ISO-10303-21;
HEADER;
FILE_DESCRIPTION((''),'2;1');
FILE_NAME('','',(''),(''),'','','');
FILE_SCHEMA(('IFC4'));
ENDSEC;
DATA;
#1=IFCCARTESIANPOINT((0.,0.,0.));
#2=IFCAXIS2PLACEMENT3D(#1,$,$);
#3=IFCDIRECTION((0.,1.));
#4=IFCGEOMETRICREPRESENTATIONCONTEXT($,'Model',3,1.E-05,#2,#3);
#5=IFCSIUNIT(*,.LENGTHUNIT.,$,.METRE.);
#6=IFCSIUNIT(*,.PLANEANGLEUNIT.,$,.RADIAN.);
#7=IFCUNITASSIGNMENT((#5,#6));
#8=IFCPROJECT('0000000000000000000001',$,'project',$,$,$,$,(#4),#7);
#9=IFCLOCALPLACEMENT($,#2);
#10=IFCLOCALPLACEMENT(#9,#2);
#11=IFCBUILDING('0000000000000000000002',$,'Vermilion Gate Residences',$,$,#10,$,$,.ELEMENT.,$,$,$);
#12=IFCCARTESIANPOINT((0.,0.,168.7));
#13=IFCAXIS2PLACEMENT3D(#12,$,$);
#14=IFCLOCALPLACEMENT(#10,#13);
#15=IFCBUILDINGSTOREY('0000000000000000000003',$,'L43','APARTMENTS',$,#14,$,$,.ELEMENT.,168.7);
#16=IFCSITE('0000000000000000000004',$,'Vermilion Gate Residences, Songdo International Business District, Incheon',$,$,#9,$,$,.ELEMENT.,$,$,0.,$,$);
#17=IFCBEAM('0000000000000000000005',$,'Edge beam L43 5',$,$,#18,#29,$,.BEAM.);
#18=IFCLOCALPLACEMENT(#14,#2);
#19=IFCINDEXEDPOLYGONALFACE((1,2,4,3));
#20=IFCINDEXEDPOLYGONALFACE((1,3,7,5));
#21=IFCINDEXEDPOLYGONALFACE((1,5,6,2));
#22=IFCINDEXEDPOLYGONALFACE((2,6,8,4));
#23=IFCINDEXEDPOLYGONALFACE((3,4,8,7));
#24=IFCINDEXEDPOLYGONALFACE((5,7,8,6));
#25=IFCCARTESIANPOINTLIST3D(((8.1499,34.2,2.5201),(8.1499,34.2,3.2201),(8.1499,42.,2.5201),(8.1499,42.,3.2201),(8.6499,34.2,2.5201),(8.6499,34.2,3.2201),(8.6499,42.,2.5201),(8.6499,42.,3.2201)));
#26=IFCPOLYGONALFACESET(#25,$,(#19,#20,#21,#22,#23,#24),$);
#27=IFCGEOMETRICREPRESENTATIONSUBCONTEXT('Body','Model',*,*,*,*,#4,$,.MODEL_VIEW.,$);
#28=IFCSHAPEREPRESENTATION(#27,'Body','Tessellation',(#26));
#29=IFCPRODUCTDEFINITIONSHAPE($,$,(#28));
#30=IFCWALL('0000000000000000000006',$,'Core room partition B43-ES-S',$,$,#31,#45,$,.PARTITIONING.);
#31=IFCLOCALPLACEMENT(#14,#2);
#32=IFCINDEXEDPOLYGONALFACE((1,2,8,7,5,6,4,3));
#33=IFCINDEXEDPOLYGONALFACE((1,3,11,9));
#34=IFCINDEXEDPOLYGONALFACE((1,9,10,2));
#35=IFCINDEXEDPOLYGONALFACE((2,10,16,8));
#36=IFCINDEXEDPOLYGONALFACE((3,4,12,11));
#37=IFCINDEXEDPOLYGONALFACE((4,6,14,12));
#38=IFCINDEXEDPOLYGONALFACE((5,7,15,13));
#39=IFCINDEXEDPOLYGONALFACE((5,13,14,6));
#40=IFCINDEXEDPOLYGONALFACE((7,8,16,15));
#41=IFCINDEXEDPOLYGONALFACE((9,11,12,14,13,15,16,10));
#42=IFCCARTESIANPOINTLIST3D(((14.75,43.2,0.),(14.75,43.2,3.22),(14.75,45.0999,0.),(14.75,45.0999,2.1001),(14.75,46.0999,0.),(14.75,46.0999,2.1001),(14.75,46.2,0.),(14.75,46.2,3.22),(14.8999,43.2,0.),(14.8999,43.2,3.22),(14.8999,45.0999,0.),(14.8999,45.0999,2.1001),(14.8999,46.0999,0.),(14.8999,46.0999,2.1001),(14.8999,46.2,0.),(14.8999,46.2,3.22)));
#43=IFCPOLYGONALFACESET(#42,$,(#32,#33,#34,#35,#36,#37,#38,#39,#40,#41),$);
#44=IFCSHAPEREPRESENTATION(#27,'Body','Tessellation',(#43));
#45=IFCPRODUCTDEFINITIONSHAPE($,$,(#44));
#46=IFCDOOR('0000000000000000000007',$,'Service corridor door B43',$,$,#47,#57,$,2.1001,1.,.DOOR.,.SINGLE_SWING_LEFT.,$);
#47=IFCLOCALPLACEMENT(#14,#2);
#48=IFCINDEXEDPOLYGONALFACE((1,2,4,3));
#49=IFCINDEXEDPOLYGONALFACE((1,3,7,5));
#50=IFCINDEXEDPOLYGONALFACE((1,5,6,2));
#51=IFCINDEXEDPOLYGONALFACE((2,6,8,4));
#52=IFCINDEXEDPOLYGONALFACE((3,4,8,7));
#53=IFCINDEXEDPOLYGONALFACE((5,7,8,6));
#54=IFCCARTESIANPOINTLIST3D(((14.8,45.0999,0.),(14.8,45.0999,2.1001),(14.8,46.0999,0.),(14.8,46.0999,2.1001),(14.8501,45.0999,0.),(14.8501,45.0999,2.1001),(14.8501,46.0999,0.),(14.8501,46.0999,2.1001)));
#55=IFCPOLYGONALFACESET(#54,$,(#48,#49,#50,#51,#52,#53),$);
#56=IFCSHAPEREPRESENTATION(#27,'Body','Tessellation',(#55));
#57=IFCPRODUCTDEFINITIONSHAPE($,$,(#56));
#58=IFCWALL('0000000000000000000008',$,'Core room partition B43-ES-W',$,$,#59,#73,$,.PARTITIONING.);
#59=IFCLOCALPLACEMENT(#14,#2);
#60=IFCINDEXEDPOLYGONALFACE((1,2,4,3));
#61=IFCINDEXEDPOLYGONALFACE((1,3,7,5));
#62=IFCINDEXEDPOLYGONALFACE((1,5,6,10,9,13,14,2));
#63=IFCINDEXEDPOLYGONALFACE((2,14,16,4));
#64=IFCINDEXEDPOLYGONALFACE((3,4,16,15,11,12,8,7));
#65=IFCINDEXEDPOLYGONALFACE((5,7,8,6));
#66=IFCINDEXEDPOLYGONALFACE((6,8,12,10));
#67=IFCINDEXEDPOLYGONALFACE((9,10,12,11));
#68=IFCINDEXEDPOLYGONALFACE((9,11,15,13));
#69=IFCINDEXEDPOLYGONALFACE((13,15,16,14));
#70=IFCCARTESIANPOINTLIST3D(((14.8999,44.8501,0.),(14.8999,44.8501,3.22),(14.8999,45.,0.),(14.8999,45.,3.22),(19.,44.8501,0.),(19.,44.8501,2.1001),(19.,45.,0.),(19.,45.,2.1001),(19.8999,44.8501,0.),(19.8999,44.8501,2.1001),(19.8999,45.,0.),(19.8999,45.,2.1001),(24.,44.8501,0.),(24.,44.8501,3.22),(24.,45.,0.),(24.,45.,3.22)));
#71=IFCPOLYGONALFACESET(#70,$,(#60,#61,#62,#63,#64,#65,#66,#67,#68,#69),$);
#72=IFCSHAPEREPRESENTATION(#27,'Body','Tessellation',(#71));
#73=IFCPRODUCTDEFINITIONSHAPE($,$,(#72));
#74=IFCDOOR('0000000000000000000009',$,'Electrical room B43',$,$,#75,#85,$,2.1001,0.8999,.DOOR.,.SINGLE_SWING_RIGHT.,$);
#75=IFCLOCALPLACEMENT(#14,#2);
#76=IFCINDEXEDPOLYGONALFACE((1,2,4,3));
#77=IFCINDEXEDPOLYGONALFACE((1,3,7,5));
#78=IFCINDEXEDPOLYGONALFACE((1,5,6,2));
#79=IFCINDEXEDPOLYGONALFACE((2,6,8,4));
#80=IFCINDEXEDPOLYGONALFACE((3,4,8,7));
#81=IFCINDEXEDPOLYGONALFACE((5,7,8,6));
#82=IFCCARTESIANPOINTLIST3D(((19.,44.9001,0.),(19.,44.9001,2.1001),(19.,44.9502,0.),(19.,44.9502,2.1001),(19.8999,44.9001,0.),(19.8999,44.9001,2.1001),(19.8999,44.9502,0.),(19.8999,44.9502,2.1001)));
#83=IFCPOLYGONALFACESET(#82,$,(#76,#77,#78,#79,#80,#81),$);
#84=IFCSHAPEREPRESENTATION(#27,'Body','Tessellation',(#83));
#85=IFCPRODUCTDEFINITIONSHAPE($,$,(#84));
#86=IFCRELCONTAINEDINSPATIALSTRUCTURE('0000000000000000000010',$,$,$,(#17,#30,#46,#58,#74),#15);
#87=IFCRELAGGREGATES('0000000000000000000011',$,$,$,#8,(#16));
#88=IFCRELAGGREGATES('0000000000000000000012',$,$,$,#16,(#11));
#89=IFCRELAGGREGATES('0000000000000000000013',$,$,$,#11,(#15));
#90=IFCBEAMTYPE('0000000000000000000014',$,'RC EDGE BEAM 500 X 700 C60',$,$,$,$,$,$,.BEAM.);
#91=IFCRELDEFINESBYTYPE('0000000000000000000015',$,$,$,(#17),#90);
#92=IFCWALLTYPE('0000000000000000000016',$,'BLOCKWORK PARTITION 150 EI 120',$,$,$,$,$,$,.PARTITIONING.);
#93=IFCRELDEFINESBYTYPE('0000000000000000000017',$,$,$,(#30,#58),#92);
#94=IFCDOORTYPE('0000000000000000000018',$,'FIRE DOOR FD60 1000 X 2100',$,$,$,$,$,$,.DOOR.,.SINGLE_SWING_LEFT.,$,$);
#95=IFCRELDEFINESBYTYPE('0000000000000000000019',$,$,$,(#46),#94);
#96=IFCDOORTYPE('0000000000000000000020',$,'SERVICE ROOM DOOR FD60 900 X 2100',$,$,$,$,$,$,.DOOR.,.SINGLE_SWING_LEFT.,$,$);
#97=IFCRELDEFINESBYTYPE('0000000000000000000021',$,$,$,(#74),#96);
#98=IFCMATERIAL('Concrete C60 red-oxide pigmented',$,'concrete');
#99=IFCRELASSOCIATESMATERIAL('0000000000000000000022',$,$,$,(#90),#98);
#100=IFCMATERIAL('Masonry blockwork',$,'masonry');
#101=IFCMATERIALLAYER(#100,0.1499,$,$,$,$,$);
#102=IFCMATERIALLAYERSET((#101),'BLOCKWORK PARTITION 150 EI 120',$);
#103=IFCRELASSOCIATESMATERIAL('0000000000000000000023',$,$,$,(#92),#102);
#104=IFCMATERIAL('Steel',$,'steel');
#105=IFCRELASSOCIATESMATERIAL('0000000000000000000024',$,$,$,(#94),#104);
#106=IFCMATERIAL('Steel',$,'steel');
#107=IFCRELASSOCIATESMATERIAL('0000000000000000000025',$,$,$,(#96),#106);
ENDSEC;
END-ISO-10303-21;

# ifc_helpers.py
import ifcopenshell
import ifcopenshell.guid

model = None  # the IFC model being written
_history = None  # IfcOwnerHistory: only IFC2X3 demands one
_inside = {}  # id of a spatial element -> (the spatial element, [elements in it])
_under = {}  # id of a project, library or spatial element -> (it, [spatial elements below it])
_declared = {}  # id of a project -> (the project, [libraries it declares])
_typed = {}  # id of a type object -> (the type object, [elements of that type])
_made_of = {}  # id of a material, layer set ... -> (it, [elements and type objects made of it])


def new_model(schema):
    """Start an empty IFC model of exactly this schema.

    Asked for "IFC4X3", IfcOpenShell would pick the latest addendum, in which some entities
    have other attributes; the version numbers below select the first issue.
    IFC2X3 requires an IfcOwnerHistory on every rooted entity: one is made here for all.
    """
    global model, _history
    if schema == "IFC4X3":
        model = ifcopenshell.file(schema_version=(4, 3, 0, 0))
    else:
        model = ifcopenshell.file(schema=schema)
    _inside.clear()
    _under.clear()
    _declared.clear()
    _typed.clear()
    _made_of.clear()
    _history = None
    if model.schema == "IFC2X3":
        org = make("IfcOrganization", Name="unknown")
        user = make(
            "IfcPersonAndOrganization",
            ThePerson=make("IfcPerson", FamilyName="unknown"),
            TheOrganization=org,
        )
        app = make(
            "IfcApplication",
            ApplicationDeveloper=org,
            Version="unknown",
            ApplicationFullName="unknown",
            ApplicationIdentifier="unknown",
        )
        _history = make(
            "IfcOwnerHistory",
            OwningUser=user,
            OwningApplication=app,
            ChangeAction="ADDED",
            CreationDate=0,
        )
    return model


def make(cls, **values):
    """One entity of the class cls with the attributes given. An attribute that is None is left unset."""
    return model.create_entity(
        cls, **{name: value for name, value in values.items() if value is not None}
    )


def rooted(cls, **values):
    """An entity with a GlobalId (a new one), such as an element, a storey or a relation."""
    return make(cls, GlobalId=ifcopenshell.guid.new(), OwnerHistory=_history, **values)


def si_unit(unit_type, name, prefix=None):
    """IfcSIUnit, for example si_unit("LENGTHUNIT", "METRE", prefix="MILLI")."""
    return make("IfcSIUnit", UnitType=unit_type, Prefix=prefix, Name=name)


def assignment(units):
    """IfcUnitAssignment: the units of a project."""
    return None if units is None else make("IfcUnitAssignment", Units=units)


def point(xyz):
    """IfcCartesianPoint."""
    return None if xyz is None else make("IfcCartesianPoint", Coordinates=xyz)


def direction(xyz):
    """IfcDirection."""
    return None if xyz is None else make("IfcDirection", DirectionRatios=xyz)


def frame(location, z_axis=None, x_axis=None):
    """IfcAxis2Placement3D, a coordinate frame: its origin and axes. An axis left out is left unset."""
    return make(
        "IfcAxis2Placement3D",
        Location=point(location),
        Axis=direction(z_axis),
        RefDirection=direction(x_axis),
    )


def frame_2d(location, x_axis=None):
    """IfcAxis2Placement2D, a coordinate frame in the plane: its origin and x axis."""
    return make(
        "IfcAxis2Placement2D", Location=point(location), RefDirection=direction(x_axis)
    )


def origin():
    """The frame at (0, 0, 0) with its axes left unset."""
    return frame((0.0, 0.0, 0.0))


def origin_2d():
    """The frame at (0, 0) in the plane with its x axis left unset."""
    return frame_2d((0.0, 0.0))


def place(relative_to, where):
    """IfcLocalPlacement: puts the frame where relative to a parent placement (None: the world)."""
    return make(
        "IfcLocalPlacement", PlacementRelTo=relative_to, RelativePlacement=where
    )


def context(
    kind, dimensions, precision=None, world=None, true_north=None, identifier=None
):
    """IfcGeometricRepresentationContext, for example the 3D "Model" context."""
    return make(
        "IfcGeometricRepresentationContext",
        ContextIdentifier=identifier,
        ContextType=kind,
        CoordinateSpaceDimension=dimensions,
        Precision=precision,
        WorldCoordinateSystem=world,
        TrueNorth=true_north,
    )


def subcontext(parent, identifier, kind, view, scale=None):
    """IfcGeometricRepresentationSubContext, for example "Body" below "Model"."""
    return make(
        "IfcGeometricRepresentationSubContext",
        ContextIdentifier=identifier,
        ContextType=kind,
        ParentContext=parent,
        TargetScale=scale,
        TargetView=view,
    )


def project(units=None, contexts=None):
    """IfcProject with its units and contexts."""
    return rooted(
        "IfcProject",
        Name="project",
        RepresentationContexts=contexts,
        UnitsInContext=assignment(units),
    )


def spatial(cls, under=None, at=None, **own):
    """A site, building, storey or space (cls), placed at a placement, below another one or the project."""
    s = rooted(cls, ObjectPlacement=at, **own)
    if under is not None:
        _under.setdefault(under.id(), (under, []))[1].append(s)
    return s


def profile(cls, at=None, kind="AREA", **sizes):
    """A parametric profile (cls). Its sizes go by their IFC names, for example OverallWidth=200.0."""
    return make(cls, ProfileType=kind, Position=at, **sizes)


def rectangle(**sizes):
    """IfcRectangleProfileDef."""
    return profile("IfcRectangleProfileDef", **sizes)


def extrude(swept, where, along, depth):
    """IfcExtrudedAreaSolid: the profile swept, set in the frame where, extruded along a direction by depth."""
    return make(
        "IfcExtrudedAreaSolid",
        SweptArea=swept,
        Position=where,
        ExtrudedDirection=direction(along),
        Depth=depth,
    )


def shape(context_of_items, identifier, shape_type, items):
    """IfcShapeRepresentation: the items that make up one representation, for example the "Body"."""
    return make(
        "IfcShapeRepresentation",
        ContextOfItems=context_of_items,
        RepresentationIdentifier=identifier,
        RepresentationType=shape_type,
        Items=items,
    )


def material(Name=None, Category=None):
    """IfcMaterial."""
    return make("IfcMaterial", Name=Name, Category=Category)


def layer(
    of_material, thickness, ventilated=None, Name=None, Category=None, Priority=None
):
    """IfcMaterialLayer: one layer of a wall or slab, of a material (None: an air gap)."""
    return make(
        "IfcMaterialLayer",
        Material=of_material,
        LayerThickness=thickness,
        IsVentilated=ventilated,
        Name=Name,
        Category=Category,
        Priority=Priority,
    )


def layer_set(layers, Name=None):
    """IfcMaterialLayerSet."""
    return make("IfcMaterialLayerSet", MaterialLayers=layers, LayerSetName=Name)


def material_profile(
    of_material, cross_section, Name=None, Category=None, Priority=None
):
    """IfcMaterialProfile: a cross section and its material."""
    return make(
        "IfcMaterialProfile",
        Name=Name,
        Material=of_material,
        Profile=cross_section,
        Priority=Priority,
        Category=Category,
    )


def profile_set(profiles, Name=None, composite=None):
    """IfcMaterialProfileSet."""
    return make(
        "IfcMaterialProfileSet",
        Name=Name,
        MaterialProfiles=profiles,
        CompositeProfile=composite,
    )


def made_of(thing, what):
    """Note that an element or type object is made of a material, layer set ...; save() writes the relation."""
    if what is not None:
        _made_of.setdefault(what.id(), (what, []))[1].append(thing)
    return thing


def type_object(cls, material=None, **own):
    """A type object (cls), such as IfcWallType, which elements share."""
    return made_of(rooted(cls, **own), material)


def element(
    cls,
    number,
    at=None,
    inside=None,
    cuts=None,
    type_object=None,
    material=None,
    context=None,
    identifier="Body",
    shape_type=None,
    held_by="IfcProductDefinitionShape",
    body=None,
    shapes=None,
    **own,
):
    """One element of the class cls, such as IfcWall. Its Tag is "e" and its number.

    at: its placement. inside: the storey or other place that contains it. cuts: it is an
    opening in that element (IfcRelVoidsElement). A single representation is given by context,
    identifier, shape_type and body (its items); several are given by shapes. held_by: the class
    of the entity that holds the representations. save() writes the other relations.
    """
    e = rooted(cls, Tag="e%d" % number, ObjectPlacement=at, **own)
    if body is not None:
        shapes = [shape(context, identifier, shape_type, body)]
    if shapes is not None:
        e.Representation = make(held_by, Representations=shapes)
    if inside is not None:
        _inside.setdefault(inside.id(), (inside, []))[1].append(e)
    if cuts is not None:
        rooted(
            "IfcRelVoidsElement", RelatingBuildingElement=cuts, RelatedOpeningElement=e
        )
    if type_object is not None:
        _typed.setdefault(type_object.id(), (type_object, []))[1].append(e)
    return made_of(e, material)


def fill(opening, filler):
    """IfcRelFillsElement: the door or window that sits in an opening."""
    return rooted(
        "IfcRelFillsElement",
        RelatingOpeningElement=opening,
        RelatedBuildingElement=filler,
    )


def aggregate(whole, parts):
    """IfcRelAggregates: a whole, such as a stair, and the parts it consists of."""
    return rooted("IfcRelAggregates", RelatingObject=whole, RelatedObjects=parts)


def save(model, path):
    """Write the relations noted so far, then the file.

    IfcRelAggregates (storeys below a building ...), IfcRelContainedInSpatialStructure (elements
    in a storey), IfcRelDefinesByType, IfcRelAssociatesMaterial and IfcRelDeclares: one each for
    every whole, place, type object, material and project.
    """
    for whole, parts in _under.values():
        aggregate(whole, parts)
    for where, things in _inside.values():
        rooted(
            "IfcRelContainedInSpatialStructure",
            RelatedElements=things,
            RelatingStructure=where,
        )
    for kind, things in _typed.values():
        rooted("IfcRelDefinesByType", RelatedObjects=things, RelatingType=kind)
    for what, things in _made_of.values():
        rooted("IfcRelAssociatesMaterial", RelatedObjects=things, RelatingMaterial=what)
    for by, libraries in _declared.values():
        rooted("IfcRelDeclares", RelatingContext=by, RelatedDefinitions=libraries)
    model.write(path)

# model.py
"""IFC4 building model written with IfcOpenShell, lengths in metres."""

from ifc_helpers import new_model, si_unit, direction, frame, frame_2d, origin, origin_2d, place, context, subcontext, project, spatial, rectangle, extrude, material, layer, layer_set, material_profile, profile_set, type_object, element, fill, save


model = new_model("IFC4")

# Units and contexts
model_context = context("Model", 3, precision=1e-05, world=origin(), true_north=direction((0.0, 1.0)))
body_context = subcontext(model_context, "Body", "Model", "MODEL_VIEW")
ifc_project = project(units=[si_unit("LENGTHUNIT", "METRE"), si_unit("PLANEANGLEUNIT", "RADIAN")], contexts=[model_context])

# Site, building, storey
site_placement = place(None, origin())
site = spatial("IfcSite", under=ifc_project, at=site_placement, Name="Vermilion Gate Residences, Songdo International Business District, Incheon", CompositionType="ELEMENT", RefElevation=0.0)
building_placement = place(site_placement, origin())
building = spatial("IfcBuilding", under=site, at=building_placement, Name="Vermilion Gate Residences", CompositionType="ELEMENT")
storey_placement = place(building_placement, frame((0.0, 0.0, 168.7)))
storey = spatial("IfcBuildingStorey", under=building, at=storey_placement, Name="L43", Description="APARTMENTS", CompositionType="ELEMENT", Elevation=168.7)

# Beam
ifc_material_1 = material(Name="Concrete C60 red-oxide pigmented", Category="concrete")
ifc_material_profile_1 = material_profile(ifc_material_1, rectangle(XDim=0.5, YDim=0.7, at=origin_2d()), Name="RC-500x700")
ifc_profile_set_1 = profile_set([ifc_material_profile_1], Name="Concrete C60 red-oxide pigmented")
beam_type = type_object("IfcBeamType", Name="RC EDGE BEAM 500 X 700 C60", PredefinedType="BEAM", material=ifc_profile_set_1)
beam_placement = place(storey_placement, frame((8.3999, 34.2, 2.8701), z_axis=(0.0, 1.0, 0.0), x_axis=(-1.0, 0.0, 0.0)))
element("IfcBeam", 1, at=beam_placement, inside=storey, type_object=beam_type, Name="Edge beam L43 5", PredefinedType="BEAM", context=body_context, shape_type="SweptSolid", body=[
    extrude(rectangle(XDim=0.5, YDim=0.7, at=origin_2d()), origin(), (0.0, 0.0, 1.0), 7.8),
])

# Walls, openings, doors
ifc_material_2 = material(Name="Masonry blockwork", Category="masonry")
ifc_layer_1 = layer(ifc_material_2, 0.1499)
ifc_layer_set_1 = layer_set([ifc_layer_1], Name="BLOCKWORK PARTITION 150 EI 120")
wall_type_1 = type_object("IfcWallType", Name="BLOCKWORK PARTITION 150 EI 120", PredefinedType="PARTITIONING", material=ifc_layer_set_1)
wall_1_placement = place(storey_placement, frame((14.825, 46.2, 0.0), z_axis=(0.0, 0.0, 1.0), x_axis=(0.0, -1.0, 0.0)))
wall_1 = element("IfcWall", 2, at=wall_1_placement, inside=storey, type_object=wall_type_1, Name="Core room partition B43-ES-S", PredefinedType="PARTITIONING", context=body_context, shape_type="SweptSolid", body=[
    extrude(rectangle(XDim=3.0, YDim=0.1499, at=frame_2d((1.5, 0.0))), origin(), (0.0, 0.0, 1.0), 3.22),
])
opening_1_placement = place(wall_1_placement, frame((0.1001, 0.0, 0.0)))
opening_1 = element("IfcOpeningElement", 3, at=opening_1_placement, cuts=wall_1, PredefinedType="OPENING", context=body_context, shape_type="SweptSolid", body=[
    extrude(rectangle(XDim=1.0, YDim=2.1001, at=frame_2d((0.5, 1.05))), frame((0.0, 0.085, 0.0), z_axis=(0.0, -1.0, 0.0), x_axis=(1.0, 0.0, 0.0)), (0.0, 0.0, 1.0), 0.1699),
])
ifc_material_3 = material(Name="Steel", Category="steel")
door_type_1 = type_object("IfcDoorType", Name="FIRE DOOR FD60 1000 X 2100", OperationType="SINGLE_SWING_LEFT", PredefinedType="DOOR", material=ifc_material_3)
door_1_placement = place(opening_1_placement, frame((1.0, 0.0, 0.0), z_axis=(0.0, 0.0, 1.0), x_axis=(-1.0, 0.0, 0.0)))
door_1 = element("IfcDoor", 4, at=door_1_placement, inside=storey, type_object=door_type_1, Name="Service corridor door B43", OperationType="SINGLE_SWING_LEFT", OverallHeight=2.1001, OverallWidth=1.0, PredefinedType="DOOR", context=body_context, shape_type="SweptSolid", body=[
    extrude(rectangle(XDim=1.0, YDim=2.1001, at=frame_2d((0.5, 1.05))), frame((0.0, 0.0249, 0.0), z_axis=(0.0, -1.0, 0.0), x_axis=(1.0, 0.0, 0.0)), (0.0, 0.0, 1.0), 0.05),
])
fill(opening_1, door_1)
wall_2_placement = place(storey_placement, frame((14.8999, 44.925, 0.0), z_axis=(0.0, 0.0, 1.0), x_axis=(1.0, 0.0, 0.0)))
wall_2 = element("IfcWall", 5, at=wall_2_placement, inside=storey, type_object=wall_type_1, Name="Core room partition B43-ES-W", PredefinedType="PARTITIONING", context=body_context, shape_type="SweptSolid", body=[
    extrude(rectangle(XDim=9.1001, YDim=0.1499, at=frame_2d((4.55, 0.0))), origin(), (0.0, 0.0, 1.0), 3.22),
])
opening_2_placement = place(wall_2_placement, frame((4.1001, 0.0, 0.0)))
opening_2 = element("IfcOpeningElement", 6, at=opening_2_placement, cuts=wall_2, PredefinedType="OPENING", context=body_context, shape_type="SweptSolid", body=[
    extrude(rectangle(XDim=0.8999, YDim=2.1001, at=frame_2d((0.45, 1.05))), frame((0.0, 0.085, 0.0), z_axis=(0.0, -1.0, 0.0), x_axis=(1.0, 0.0, 0.0)), (0.0, 0.0, 1.0), 0.1699),
])
ifc_material_4 = material(Name="Steel", Category="steel")
door_type_2 = type_object("IfcDoorType", Name="SERVICE ROOM DOOR FD60 900 X 2100", OperationType="SINGLE_SWING_LEFT", PredefinedType="DOOR", material=ifc_material_4)
door_2_placement = place(opening_2_placement, frame((0.8999, 0.0, 0.0), z_axis=(0.0, 0.0, 1.0), x_axis=(-1.0, 0.0, 0.0)))
door_2 = element("IfcDoor", 7, at=door_2_placement, inside=storey, type_object=door_type_2, Name="Electrical room B43", OperationType="SINGLE_SWING_RIGHT", OverallHeight=2.1001, OverallWidth=0.8999, PredefinedType="DOOR", context=body_context, shape_type="SweptSolid", body=[
    extrude(rectangle(XDim=0.8999, YDim=2.1001, at=frame_2d((0.45, 1.05))), frame((0.0, 0.0249, 0.0), z_axis=(0.0, -1.0, 0.0), x_axis=(1.0, 0.0, 0.0)), (0.0, 0.0, 1.0), 0.05),
])
fill(opening_2, door_2)

save(model, "model.ifc")
